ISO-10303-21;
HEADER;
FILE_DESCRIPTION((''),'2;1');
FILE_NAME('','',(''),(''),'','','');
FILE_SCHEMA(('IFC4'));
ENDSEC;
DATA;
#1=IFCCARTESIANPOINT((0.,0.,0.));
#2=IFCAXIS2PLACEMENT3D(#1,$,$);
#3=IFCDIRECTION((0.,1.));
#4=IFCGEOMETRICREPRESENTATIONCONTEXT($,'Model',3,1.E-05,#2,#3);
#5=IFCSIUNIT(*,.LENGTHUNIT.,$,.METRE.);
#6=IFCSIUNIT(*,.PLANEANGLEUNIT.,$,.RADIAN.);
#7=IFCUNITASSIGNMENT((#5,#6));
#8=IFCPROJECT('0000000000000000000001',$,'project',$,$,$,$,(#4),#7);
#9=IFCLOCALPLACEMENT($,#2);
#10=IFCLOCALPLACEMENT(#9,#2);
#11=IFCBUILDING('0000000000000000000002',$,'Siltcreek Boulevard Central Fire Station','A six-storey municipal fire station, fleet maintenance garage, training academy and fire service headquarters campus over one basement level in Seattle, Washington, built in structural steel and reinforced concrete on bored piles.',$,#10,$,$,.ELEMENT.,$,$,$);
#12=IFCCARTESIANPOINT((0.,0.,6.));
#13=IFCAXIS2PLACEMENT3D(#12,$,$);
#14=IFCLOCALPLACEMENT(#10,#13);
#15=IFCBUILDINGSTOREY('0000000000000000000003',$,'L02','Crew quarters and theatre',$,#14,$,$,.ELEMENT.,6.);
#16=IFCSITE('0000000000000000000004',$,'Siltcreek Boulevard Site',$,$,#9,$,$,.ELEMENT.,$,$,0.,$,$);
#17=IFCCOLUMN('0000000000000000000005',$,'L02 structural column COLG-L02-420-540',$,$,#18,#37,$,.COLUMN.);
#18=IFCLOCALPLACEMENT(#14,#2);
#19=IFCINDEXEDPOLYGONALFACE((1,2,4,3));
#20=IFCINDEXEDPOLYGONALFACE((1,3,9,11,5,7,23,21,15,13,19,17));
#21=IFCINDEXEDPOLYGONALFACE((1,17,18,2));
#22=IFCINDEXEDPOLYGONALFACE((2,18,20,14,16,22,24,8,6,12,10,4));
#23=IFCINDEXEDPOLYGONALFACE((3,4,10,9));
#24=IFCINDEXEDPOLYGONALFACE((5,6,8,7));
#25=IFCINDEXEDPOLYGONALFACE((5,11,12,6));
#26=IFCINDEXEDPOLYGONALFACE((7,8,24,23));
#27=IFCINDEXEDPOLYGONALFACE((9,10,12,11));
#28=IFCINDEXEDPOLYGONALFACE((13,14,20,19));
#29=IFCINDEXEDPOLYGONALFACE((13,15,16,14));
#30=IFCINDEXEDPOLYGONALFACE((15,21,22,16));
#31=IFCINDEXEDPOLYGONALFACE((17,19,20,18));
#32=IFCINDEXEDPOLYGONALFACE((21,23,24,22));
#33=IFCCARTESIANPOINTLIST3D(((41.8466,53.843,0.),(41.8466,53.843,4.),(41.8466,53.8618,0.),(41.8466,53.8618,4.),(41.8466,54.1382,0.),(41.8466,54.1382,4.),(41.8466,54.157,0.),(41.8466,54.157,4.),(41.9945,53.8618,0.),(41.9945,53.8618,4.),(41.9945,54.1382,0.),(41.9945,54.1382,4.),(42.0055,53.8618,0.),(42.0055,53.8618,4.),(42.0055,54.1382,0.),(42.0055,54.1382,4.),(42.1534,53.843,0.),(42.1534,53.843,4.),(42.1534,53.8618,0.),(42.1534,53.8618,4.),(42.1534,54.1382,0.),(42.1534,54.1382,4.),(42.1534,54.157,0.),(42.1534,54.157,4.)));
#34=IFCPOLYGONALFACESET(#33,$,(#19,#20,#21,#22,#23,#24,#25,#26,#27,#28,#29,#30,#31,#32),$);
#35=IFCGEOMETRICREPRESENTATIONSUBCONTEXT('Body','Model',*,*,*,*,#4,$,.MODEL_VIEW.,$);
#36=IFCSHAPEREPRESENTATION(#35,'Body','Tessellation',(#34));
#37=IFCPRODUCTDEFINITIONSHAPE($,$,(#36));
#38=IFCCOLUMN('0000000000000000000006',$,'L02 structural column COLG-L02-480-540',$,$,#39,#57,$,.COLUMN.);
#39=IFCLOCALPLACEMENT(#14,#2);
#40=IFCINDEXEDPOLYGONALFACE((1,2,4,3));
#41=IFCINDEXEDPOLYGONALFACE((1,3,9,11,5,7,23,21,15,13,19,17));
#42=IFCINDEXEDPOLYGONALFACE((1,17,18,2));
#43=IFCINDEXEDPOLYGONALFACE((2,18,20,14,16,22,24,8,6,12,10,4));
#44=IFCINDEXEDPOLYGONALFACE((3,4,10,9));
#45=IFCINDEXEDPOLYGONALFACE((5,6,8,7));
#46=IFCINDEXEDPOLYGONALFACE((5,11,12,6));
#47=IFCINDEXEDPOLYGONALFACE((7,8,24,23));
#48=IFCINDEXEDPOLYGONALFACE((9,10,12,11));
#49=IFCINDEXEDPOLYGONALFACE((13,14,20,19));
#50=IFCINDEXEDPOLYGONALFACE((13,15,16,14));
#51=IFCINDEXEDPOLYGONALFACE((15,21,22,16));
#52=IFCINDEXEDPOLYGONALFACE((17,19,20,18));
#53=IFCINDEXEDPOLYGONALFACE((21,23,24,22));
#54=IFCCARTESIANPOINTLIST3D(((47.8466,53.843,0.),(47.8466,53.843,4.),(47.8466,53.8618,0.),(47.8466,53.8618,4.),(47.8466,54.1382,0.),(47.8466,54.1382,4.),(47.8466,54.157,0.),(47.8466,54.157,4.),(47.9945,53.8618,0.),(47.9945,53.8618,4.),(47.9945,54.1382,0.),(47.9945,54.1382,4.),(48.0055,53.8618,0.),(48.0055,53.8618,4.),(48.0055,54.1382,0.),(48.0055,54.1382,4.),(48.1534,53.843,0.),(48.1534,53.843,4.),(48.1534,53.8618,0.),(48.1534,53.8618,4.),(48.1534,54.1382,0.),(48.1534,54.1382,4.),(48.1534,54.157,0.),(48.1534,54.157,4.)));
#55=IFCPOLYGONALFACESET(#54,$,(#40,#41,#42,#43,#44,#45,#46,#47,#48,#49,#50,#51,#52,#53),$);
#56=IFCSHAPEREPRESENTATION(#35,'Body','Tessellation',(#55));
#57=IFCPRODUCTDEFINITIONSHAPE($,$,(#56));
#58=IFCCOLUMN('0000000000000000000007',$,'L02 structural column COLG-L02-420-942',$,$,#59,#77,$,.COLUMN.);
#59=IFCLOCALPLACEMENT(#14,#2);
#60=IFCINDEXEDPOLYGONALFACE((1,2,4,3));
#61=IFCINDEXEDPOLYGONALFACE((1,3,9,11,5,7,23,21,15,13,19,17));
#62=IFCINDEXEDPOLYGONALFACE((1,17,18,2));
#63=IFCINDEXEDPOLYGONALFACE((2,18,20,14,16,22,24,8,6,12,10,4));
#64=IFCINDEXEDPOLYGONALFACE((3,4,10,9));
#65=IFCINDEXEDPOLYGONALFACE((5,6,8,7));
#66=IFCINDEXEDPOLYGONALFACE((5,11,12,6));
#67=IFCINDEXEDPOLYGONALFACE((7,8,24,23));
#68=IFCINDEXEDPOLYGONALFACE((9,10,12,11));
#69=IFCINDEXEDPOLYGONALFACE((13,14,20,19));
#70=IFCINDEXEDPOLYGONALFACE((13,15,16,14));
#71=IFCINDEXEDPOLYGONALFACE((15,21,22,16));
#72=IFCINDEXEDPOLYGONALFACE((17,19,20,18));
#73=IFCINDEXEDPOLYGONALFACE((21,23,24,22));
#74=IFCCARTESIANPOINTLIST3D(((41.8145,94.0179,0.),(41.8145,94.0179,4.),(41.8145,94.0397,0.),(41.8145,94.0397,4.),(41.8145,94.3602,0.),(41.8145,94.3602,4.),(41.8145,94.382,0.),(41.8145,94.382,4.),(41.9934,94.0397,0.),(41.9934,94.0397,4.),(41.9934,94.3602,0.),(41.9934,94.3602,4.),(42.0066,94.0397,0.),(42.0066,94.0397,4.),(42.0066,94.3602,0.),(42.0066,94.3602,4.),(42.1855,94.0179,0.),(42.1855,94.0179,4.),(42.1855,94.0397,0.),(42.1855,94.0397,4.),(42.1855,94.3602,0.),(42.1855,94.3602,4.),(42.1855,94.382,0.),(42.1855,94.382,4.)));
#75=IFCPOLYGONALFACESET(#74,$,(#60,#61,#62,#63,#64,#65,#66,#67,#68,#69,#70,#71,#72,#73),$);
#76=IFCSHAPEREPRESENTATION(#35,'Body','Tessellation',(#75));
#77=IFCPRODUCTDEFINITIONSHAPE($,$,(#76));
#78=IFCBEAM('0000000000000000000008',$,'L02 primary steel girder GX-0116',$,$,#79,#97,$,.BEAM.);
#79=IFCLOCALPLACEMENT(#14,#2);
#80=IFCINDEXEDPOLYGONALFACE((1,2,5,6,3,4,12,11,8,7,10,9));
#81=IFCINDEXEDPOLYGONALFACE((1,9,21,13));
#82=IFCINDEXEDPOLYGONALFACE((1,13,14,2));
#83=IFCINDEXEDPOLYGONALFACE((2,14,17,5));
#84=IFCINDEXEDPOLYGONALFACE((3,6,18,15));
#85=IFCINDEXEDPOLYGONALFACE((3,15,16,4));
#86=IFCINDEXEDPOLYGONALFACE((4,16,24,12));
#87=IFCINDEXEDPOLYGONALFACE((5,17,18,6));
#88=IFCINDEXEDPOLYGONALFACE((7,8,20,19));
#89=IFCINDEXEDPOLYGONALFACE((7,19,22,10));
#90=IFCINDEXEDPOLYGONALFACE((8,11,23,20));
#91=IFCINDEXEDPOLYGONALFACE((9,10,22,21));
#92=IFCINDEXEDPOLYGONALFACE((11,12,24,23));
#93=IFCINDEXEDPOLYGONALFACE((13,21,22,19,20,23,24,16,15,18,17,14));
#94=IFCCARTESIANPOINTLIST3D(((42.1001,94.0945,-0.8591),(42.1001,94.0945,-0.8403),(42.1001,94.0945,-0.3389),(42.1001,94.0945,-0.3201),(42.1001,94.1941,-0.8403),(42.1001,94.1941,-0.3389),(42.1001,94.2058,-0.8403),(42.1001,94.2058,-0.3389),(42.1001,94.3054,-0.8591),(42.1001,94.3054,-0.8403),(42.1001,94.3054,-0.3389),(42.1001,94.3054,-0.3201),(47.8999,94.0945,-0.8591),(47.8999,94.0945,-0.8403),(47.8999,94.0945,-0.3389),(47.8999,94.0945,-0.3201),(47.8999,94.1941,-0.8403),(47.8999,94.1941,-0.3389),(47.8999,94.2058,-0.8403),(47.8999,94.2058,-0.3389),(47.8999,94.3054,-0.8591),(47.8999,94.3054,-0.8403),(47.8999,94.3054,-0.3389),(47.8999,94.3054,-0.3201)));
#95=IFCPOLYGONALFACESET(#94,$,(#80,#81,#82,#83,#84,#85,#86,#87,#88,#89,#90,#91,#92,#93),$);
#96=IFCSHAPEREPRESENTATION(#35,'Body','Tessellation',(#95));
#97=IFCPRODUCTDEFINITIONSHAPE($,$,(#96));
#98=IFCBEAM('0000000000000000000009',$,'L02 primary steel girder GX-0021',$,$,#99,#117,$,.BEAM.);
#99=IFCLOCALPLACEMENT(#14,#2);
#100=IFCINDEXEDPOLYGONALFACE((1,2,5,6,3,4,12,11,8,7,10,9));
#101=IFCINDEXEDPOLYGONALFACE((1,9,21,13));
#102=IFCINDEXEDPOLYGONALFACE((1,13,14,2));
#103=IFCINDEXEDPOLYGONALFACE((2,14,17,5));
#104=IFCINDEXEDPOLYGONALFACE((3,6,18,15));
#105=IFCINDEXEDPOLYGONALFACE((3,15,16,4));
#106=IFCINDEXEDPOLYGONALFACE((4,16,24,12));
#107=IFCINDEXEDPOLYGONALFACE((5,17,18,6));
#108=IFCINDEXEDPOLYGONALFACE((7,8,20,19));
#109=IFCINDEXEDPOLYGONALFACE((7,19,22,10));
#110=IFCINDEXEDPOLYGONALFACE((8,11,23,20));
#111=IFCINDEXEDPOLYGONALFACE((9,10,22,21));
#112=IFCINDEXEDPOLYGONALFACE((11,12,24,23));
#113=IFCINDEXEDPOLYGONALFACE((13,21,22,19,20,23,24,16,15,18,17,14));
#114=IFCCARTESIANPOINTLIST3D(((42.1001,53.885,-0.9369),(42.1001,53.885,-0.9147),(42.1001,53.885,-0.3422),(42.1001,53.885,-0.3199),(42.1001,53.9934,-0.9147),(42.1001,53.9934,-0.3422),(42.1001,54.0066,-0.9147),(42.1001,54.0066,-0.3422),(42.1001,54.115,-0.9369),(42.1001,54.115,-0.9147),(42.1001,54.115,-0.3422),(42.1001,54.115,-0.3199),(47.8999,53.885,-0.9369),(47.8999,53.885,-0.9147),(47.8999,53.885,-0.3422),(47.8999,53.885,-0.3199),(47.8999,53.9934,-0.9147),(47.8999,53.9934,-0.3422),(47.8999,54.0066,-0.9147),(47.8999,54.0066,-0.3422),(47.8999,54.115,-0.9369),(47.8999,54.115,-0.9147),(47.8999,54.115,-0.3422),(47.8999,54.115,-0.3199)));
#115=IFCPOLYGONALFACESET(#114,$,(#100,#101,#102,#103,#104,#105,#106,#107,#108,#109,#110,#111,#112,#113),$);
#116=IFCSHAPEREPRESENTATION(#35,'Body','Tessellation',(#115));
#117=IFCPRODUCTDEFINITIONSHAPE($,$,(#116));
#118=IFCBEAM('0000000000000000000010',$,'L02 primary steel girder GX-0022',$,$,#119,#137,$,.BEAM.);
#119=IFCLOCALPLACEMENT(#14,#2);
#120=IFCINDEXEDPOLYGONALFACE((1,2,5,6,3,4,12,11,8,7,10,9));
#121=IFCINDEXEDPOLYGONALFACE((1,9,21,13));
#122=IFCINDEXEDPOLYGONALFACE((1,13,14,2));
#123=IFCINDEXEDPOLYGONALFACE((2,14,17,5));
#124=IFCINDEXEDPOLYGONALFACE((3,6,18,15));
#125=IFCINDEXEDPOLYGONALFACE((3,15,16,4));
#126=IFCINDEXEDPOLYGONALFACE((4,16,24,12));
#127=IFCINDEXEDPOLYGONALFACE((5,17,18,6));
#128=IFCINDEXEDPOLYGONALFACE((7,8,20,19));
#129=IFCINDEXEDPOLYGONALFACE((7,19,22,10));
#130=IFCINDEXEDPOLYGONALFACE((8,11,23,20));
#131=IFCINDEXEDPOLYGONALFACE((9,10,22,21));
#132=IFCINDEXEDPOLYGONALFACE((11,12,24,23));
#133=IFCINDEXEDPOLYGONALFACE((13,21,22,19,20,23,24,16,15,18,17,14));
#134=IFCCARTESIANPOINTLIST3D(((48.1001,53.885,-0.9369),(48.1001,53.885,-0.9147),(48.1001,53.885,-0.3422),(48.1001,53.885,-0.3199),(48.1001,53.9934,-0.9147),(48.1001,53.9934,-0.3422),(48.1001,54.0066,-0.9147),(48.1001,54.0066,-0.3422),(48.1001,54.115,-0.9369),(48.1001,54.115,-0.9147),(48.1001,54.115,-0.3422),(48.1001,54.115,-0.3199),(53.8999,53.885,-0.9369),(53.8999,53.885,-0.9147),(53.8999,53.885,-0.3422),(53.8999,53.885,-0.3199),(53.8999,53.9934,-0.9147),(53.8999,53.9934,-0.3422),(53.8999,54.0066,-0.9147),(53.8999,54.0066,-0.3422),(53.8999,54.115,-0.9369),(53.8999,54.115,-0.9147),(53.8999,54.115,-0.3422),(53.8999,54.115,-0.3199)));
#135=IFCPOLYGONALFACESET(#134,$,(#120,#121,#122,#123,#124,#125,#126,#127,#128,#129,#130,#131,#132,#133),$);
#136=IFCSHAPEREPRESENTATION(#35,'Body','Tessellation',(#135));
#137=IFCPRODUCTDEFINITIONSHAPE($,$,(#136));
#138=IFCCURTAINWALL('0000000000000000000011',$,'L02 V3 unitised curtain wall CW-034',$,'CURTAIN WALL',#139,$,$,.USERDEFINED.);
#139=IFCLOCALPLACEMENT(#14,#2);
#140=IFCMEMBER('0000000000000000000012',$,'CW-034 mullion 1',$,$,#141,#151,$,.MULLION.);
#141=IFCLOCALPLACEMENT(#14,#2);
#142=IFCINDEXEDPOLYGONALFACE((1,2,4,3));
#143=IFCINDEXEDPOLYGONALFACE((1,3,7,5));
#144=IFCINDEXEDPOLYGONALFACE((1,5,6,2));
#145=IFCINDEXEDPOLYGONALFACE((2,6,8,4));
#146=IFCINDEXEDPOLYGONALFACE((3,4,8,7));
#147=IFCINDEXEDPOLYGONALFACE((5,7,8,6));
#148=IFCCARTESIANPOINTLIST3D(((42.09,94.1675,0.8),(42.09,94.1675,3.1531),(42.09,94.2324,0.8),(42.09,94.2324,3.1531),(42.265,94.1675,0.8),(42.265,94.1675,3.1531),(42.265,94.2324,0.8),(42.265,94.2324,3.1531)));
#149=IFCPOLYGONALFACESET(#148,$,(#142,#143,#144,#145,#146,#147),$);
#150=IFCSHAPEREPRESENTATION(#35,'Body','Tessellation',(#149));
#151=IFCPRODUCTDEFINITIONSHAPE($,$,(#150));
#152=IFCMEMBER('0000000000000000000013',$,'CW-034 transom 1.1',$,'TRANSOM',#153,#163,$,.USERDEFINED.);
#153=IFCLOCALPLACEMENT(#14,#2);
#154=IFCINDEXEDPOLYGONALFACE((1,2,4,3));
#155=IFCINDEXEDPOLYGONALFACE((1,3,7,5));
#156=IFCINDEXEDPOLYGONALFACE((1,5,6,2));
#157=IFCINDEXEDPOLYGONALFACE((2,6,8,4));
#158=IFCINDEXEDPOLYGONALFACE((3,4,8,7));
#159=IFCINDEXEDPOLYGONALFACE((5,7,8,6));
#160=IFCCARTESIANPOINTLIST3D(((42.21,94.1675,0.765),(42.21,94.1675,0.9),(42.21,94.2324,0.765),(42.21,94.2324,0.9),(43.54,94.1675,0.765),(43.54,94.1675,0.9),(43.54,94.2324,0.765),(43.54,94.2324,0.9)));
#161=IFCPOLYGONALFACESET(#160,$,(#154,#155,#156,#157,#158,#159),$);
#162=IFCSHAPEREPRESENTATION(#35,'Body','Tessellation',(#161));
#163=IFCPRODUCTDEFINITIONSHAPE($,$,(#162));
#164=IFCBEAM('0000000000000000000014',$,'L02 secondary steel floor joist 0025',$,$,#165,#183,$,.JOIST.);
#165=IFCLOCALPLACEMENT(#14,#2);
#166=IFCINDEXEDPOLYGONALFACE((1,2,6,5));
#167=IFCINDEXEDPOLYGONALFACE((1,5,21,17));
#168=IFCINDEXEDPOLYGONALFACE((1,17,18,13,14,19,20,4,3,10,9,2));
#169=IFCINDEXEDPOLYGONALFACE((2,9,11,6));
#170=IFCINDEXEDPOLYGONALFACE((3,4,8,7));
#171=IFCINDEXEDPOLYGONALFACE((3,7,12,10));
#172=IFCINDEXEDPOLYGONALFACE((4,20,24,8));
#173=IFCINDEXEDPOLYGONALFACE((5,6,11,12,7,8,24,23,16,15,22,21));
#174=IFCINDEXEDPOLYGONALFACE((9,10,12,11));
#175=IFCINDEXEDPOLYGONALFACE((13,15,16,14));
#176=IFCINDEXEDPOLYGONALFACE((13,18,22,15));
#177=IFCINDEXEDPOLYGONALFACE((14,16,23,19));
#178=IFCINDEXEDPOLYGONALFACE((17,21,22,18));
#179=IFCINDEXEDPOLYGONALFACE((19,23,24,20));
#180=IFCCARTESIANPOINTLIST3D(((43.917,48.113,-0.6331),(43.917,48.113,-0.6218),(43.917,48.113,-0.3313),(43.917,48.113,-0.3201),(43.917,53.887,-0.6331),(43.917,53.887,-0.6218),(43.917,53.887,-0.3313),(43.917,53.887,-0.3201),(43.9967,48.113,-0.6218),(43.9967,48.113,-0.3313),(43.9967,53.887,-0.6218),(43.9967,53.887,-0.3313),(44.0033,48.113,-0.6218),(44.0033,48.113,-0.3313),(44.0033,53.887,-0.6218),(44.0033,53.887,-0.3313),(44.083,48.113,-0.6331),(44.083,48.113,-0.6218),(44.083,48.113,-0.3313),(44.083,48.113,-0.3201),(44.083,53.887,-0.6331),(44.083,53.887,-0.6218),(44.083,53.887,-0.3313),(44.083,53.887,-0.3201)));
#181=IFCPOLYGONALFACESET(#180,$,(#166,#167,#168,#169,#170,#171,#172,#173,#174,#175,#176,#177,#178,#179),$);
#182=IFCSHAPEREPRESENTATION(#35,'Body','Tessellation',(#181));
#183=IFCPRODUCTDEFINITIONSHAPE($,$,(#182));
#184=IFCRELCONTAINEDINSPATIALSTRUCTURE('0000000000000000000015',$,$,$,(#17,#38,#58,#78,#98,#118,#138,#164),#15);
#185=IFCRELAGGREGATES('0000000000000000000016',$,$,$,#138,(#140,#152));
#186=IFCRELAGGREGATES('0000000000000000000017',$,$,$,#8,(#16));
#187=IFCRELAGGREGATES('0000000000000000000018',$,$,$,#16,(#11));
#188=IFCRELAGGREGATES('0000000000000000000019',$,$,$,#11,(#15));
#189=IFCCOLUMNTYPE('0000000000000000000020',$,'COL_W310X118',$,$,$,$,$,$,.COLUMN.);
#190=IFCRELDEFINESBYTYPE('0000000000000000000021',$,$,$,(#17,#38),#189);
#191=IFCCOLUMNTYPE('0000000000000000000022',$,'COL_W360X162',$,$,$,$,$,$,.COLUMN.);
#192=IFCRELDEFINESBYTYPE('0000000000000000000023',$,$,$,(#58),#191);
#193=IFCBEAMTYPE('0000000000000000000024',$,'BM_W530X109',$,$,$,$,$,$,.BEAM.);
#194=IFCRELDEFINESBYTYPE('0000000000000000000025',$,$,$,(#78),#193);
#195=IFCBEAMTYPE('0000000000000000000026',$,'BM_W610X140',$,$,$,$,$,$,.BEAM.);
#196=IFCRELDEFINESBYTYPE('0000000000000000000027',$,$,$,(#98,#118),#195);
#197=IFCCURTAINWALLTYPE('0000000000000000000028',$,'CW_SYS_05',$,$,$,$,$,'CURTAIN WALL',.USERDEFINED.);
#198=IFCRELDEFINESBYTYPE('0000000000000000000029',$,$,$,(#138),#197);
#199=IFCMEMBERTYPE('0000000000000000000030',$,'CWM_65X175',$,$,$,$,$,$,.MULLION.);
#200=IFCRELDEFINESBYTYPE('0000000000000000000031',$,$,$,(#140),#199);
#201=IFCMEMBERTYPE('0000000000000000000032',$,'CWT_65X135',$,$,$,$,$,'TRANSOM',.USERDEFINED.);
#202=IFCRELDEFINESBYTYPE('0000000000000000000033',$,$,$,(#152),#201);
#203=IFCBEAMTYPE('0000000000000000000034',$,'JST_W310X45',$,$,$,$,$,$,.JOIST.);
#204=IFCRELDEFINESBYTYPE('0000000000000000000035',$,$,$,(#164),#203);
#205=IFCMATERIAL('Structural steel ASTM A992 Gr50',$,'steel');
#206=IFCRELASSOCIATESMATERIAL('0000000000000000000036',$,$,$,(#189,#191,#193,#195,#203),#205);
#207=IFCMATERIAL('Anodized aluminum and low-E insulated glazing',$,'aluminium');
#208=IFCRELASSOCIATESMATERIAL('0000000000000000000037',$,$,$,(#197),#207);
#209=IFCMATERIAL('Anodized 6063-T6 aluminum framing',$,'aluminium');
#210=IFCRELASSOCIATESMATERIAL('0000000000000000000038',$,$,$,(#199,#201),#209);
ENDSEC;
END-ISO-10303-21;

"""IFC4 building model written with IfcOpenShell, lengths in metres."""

from ifc_helpers import new_model, si_unit, direction, frame, origin, origin_2d, place, context, subcontext, project, spatial, rectangle, i_section, extrude, material, material_profile, profile_set, type_object, element, aggregate, save


model = new_model("IFC4")

# Units and contexts
model_context = context("Model", 3, precision=1e-05, world=origin(), true_north=direction((0.0, 1.0)))
body_context = subcontext(model_context, "Body", "Model", "MODEL_VIEW")
ifc_project = project(units=[si_unit("LENGTHUNIT", "METRE"), si_unit("PLANEANGLEUNIT", "RADIAN")], contexts=[model_context])

# Site, building, storey
site_placement = place(None, origin())
site = spatial("IfcSite", under=ifc_project, at=site_placement, Name="Siltcreek Boulevard Site", CompositionType="ELEMENT", RefElevation=0.0)
building_placement = place(site_placement, origin())
building = spatial("IfcBuilding", under=site, at=building_placement, Name="Siltcreek Boulevard Central Fire Station", Description="A six-storey municipal fire station, fleet maintenance garage, training academy and fire service headquarters campus over one basement level in Seattle, Washington, built in structural steel and reinforced concrete on bored piles.", CompositionType="ELEMENT")
storey_placement = place(building_placement, frame((0.0, 0.0, 6.0)))
storey = spatial("IfcBuildingStorey", under=building, at=storey_placement, Name="L02", Description="Crew quarters and theatre", CompositionType="ELEMENT", Elevation=6.0)

# Columns
ifc_material_1 = material(Name="Structural steel ASTM A992 Gr50", Category="steel")
ifc_material_profile_1 = material_profile(ifc_material_1, i_section(OverallWidth=0.3069, OverallDepth=0.314, WebThickness=0.011, FlangeThickness=0.0188, at=origin_2d()), Name="W310X118")
ifc_profile_set_1 = profile_set([ifc_material_profile_1], Name="Structural steel ASTM A992 Gr50")
column_type_1 = type_object("IfcColumnType", Name="COL_W310X118", PredefinedType="COLUMN", material=ifc_profile_set_1)
for number, where, z_axis, x_axis, name in (
    (1, (42.0, 54.0, 0.0), (0.0, 0.0, 1.0), (1.0, 0.0, 0.0), "L02 structural column COLG-L02-420-540"),
    (2, (48.0, 54.0, 0.0), (0.0, 0.0, 1.0), (1.0, 0.0, 0.0), "L02 structural column COLG-L02-480-540"),
):
    element("IfcColumn", number, at=place(storey_placement, frame(where, z_axis=z_axis, x_axis=x_axis)), inside=storey, type_object=column_type_1, Name=name, PredefinedType="COLUMN", context=body_context, shape_type="SweptSolid", body=[
        extrude(i_section(OverallWidth=0.3069, OverallDepth=0.314, WebThickness=0.011, FlangeThickness=0.0188, at=origin_2d()), origin(), (0.0, 0.0, 1.0), 4.0),
    ])
ifc_material_profile_2 = material_profile(ifc_material_1, i_section(OverallWidth=0.3711, OverallDepth=0.364, WebThickness=0.0132, FlangeThickness=0.0217, at=origin_2d()), Name="W360X162")
ifc_profile_set_2 = profile_set([ifc_material_profile_2], Name="Structural steel ASTM A992 Gr50")
column_type_2 = type_object("IfcColumnType", Name="COL_W360X162", PredefinedType="COLUMN", material=ifc_profile_set_2)
column_placement = place(storey_placement, frame((42.0, 94.2, 0.0), z_axis=(0.0, 0.0, 1.0), x_axis=(1.0, 0.0, 0.0)))
element("IfcColumn", 3, at=column_placement, inside=storey, type_object=column_type_2, Name="L02 structural column COLG-L02-420-942", PredefinedType="COLUMN", context=body_context, shape_type="SweptSolid", body=[
    extrude(i_section(OverallWidth=0.3711, OverallDepth=0.364, WebThickness=0.0132, FlangeThickness=0.0217, at=origin_2d()), origin(), (0.0, 0.0, 1.0), 4.0),
])

# Beams
ifc_material_profile_3 = material_profile(ifc_material_1, i_section(OverallWidth=0.2109, OverallDepth=0.5391, WebThickness=0.0117, FlangeThickness=0.0188, at=origin_2d()), Name="W530X109")
ifc_profile_set_3 = profile_set([ifc_material_profile_3], Name="Structural steel ASTM A992 Gr50")
beam_type_1 = type_object("IfcBeamType", Name="BM_W530X109", PredefinedType="BEAM", material=ifc_profile_set_3)
beam_1_placement = place(storey_placement, frame((42.1001, 94.2, -0.5896), z_axis=(1.0, 0.0, 0.0), x_axis=(0.0, 1.0, 0.0)))
element("IfcBeam", 4, at=beam_1_placement, inside=storey, type_object=beam_type_1, Name="L02 primary steel girder GX-0116", PredefinedType="BEAM", context=body_context, shape_type="SweptSolid", body=[
    extrude(i_section(OverallWidth=0.2109, OverallDepth=0.5391, WebThickness=0.0117, FlangeThickness=0.0188, at=origin_2d()), origin(), (0.0, 0.0, 1.0), 5.7998),
])
ifc_material_profile_4 = material_profile(ifc_material_1, i_section(OverallWidth=0.23, OverallDepth=0.6169, WebThickness=0.0132, FlangeThickness=0.0222, at=origin_2d()), Name="W610X140")
ifc_profile_set_4 = profile_set([ifc_material_profile_4], Name="Structural steel ASTM A992 Gr50")
beam_type_2 = type_object("IfcBeamType", Name="BM_W610X140", PredefinedType="BEAM", material=ifc_profile_set_4)
for number, where, z_axis, x_axis, name in (
    (5, (42.1001, 54.0, -0.6284), (1.0, 0.0, 0.0), (0.0, 1.0, 0.0), "L02 primary steel girder GX-0021"),
    (6, (48.1001, 54.0, -0.6284), (1.0, 0.0, 0.0), (0.0, 1.0, 0.0), "L02 primary steel girder GX-0022"),
):
    element("IfcBeam", number, at=place(storey_placement, frame(where, z_axis=z_axis, x_axis=x_axis)), inside=storey, type_object=beam_type_2, Name=name, PredefinedType="BEAM", context=body_context, shape_type="SweptSolid", body=[
        extrude(i_section(OverallWidth=0.23, OverallDepth=0.6169, WebThickness=0.0132, FlangeThickness=0.0222, at=origin_2d()), origin(), (0.0, 0.0, 1.0), 5.7998),
    ])

# Curtain wall, members
ifc_material_2 = material(Name="Anodized aluminum and low-E insulated glazing", Category="aluminium")
curtain_wall_type = type_object("IfcCurtainWallType", Name="CW_SYS_05", ElementType="CURTAIN WALL", PredefinedType="USERDEFINED", material=ifc_material_2)
curtain_wall_placement = place(storey_placement, origin())
curtain_wall = element("IfcCurtainWall", 7, at=curtain_wall_placement, inside=storey, type_object=curtain_wall_type, Name="L02 V3 unitised curtain wall CW-034", ObjectType="CURTAIN WALL", PredefinedType="USERDEFINED")
ifc_material_3 = material(Name="Anodized 6063-T6 aluminum framing", Category="aluminium")
ifc_material_profile_5 = material_profile(ifc_material_3, rectangle(XDim=0.0649, YDim=0.175, at=origin_2d()), Name="MULL65X175")
ifc_profile_set_5 = profile_set([ifc_material_profile_5], Name="Anodized 6063-T6 aluminum framing")
member_type_1 = type_object("IfcMemberType", Name="CWM_65X175", PredefinedType="MULLION", material=ifc_profile_set_5)
member_1_placement = place(storey_placement, frame((42.1775, 94.2, 0.8), z_axis=(0.0, 0.0, 1.0), x_axis=(0.0, 1.0, 0.0)))
member_1 = element("IfcMember", 8, at=member_1_placement, type_object=member_type_1, Name="CW-034 mullion 1", PredefinedType="MULLION", context=body_context, shape_type="SweptSolid", body=[
    extrude(rectangle(XDim=0.0649, YDim=0.175, at=origin_2d()), origin(), (0.0, 0.0, 1.0), 2.353),
])
ifc_material_profile_6 = material_profile(ifc_material_3, rectangle(XDim=0.0649, YDim=0.135, at=origin_2d()), Name="TRAN65X135")
ifc_profile_set_6 = profile_set([ifc_material_profile_6], Name="Anodized 6063-T6 aluminum framing")
member_type_2 = type_object("IfcMemberType", Name="CWT_65X135", ElementType="TRANSOM", PredefinedType="USERDEFINED", material=ifc_profile_set_6)
member_2_placement = place(storey_placement, frame((42.21, 94.2, 0.8325), z_axis=(1.0, 0.0, 0.0), x_axis=(0.0, 1.0, 0.0)))
member_2 = element("IfcMember", 9, at=member_2_placement, type_object=member_type_2, Name="CW-034 transom 1.1", ObjectType="TRANSOM", PredefinedType="USERDEFINED", context=body_context, shape_type="SweptSolid", body=[
    extrude(rectangle(XDim=0.0649, YDim=0.135, at=origin_2d()), origin(), (0.0, 0.0, 1.0), 1.3301),
])
aggregate(curtain_wall, [member_1, member_2])

# Beam
ifc_material_profile_7 = material_profile(ifc_material_1, i_section(OverallWidth=0.166, OverallDepth=0.313, WebThickness=0.0066, FlangeThickness=0.0112, at=origin_2d()), Name="W310X45")
ifc_profile_set_7 = profile_set([ifc_material_profile_7], Name="Structural steel ASTM A992 Gr50")
beam_type_3 = type_object("IfcBeamType", Name="JST_W310X45", PredefinedType="JOIST", material=ifc_profile_set_7)
beam_2_placement = place(storey_placement, frame((44.0, 48.113, -0.4766), z_axis=(0.0, 1.0, 0.0), x_axis=(-1.0, 0.0, 0.0)))
element("IfcBeam", 10, at=beam_2_placement, inside=storey, type_object=beam_type_3, Name="L02 secondary steel floor joist 0025", PredefinedType="JOIST", context=body_context, shape_type="SweptSolid", body=[
    extrude(i_section(OverallWidth=0.166, OverallDepth=0.313, WebThickness=0.0066, FlangeThickness=0.0112, at=origin_2d()), origin(), (0.0, 0.0, 1.0), 5.7739),
])

save(model, "model.ifc")
